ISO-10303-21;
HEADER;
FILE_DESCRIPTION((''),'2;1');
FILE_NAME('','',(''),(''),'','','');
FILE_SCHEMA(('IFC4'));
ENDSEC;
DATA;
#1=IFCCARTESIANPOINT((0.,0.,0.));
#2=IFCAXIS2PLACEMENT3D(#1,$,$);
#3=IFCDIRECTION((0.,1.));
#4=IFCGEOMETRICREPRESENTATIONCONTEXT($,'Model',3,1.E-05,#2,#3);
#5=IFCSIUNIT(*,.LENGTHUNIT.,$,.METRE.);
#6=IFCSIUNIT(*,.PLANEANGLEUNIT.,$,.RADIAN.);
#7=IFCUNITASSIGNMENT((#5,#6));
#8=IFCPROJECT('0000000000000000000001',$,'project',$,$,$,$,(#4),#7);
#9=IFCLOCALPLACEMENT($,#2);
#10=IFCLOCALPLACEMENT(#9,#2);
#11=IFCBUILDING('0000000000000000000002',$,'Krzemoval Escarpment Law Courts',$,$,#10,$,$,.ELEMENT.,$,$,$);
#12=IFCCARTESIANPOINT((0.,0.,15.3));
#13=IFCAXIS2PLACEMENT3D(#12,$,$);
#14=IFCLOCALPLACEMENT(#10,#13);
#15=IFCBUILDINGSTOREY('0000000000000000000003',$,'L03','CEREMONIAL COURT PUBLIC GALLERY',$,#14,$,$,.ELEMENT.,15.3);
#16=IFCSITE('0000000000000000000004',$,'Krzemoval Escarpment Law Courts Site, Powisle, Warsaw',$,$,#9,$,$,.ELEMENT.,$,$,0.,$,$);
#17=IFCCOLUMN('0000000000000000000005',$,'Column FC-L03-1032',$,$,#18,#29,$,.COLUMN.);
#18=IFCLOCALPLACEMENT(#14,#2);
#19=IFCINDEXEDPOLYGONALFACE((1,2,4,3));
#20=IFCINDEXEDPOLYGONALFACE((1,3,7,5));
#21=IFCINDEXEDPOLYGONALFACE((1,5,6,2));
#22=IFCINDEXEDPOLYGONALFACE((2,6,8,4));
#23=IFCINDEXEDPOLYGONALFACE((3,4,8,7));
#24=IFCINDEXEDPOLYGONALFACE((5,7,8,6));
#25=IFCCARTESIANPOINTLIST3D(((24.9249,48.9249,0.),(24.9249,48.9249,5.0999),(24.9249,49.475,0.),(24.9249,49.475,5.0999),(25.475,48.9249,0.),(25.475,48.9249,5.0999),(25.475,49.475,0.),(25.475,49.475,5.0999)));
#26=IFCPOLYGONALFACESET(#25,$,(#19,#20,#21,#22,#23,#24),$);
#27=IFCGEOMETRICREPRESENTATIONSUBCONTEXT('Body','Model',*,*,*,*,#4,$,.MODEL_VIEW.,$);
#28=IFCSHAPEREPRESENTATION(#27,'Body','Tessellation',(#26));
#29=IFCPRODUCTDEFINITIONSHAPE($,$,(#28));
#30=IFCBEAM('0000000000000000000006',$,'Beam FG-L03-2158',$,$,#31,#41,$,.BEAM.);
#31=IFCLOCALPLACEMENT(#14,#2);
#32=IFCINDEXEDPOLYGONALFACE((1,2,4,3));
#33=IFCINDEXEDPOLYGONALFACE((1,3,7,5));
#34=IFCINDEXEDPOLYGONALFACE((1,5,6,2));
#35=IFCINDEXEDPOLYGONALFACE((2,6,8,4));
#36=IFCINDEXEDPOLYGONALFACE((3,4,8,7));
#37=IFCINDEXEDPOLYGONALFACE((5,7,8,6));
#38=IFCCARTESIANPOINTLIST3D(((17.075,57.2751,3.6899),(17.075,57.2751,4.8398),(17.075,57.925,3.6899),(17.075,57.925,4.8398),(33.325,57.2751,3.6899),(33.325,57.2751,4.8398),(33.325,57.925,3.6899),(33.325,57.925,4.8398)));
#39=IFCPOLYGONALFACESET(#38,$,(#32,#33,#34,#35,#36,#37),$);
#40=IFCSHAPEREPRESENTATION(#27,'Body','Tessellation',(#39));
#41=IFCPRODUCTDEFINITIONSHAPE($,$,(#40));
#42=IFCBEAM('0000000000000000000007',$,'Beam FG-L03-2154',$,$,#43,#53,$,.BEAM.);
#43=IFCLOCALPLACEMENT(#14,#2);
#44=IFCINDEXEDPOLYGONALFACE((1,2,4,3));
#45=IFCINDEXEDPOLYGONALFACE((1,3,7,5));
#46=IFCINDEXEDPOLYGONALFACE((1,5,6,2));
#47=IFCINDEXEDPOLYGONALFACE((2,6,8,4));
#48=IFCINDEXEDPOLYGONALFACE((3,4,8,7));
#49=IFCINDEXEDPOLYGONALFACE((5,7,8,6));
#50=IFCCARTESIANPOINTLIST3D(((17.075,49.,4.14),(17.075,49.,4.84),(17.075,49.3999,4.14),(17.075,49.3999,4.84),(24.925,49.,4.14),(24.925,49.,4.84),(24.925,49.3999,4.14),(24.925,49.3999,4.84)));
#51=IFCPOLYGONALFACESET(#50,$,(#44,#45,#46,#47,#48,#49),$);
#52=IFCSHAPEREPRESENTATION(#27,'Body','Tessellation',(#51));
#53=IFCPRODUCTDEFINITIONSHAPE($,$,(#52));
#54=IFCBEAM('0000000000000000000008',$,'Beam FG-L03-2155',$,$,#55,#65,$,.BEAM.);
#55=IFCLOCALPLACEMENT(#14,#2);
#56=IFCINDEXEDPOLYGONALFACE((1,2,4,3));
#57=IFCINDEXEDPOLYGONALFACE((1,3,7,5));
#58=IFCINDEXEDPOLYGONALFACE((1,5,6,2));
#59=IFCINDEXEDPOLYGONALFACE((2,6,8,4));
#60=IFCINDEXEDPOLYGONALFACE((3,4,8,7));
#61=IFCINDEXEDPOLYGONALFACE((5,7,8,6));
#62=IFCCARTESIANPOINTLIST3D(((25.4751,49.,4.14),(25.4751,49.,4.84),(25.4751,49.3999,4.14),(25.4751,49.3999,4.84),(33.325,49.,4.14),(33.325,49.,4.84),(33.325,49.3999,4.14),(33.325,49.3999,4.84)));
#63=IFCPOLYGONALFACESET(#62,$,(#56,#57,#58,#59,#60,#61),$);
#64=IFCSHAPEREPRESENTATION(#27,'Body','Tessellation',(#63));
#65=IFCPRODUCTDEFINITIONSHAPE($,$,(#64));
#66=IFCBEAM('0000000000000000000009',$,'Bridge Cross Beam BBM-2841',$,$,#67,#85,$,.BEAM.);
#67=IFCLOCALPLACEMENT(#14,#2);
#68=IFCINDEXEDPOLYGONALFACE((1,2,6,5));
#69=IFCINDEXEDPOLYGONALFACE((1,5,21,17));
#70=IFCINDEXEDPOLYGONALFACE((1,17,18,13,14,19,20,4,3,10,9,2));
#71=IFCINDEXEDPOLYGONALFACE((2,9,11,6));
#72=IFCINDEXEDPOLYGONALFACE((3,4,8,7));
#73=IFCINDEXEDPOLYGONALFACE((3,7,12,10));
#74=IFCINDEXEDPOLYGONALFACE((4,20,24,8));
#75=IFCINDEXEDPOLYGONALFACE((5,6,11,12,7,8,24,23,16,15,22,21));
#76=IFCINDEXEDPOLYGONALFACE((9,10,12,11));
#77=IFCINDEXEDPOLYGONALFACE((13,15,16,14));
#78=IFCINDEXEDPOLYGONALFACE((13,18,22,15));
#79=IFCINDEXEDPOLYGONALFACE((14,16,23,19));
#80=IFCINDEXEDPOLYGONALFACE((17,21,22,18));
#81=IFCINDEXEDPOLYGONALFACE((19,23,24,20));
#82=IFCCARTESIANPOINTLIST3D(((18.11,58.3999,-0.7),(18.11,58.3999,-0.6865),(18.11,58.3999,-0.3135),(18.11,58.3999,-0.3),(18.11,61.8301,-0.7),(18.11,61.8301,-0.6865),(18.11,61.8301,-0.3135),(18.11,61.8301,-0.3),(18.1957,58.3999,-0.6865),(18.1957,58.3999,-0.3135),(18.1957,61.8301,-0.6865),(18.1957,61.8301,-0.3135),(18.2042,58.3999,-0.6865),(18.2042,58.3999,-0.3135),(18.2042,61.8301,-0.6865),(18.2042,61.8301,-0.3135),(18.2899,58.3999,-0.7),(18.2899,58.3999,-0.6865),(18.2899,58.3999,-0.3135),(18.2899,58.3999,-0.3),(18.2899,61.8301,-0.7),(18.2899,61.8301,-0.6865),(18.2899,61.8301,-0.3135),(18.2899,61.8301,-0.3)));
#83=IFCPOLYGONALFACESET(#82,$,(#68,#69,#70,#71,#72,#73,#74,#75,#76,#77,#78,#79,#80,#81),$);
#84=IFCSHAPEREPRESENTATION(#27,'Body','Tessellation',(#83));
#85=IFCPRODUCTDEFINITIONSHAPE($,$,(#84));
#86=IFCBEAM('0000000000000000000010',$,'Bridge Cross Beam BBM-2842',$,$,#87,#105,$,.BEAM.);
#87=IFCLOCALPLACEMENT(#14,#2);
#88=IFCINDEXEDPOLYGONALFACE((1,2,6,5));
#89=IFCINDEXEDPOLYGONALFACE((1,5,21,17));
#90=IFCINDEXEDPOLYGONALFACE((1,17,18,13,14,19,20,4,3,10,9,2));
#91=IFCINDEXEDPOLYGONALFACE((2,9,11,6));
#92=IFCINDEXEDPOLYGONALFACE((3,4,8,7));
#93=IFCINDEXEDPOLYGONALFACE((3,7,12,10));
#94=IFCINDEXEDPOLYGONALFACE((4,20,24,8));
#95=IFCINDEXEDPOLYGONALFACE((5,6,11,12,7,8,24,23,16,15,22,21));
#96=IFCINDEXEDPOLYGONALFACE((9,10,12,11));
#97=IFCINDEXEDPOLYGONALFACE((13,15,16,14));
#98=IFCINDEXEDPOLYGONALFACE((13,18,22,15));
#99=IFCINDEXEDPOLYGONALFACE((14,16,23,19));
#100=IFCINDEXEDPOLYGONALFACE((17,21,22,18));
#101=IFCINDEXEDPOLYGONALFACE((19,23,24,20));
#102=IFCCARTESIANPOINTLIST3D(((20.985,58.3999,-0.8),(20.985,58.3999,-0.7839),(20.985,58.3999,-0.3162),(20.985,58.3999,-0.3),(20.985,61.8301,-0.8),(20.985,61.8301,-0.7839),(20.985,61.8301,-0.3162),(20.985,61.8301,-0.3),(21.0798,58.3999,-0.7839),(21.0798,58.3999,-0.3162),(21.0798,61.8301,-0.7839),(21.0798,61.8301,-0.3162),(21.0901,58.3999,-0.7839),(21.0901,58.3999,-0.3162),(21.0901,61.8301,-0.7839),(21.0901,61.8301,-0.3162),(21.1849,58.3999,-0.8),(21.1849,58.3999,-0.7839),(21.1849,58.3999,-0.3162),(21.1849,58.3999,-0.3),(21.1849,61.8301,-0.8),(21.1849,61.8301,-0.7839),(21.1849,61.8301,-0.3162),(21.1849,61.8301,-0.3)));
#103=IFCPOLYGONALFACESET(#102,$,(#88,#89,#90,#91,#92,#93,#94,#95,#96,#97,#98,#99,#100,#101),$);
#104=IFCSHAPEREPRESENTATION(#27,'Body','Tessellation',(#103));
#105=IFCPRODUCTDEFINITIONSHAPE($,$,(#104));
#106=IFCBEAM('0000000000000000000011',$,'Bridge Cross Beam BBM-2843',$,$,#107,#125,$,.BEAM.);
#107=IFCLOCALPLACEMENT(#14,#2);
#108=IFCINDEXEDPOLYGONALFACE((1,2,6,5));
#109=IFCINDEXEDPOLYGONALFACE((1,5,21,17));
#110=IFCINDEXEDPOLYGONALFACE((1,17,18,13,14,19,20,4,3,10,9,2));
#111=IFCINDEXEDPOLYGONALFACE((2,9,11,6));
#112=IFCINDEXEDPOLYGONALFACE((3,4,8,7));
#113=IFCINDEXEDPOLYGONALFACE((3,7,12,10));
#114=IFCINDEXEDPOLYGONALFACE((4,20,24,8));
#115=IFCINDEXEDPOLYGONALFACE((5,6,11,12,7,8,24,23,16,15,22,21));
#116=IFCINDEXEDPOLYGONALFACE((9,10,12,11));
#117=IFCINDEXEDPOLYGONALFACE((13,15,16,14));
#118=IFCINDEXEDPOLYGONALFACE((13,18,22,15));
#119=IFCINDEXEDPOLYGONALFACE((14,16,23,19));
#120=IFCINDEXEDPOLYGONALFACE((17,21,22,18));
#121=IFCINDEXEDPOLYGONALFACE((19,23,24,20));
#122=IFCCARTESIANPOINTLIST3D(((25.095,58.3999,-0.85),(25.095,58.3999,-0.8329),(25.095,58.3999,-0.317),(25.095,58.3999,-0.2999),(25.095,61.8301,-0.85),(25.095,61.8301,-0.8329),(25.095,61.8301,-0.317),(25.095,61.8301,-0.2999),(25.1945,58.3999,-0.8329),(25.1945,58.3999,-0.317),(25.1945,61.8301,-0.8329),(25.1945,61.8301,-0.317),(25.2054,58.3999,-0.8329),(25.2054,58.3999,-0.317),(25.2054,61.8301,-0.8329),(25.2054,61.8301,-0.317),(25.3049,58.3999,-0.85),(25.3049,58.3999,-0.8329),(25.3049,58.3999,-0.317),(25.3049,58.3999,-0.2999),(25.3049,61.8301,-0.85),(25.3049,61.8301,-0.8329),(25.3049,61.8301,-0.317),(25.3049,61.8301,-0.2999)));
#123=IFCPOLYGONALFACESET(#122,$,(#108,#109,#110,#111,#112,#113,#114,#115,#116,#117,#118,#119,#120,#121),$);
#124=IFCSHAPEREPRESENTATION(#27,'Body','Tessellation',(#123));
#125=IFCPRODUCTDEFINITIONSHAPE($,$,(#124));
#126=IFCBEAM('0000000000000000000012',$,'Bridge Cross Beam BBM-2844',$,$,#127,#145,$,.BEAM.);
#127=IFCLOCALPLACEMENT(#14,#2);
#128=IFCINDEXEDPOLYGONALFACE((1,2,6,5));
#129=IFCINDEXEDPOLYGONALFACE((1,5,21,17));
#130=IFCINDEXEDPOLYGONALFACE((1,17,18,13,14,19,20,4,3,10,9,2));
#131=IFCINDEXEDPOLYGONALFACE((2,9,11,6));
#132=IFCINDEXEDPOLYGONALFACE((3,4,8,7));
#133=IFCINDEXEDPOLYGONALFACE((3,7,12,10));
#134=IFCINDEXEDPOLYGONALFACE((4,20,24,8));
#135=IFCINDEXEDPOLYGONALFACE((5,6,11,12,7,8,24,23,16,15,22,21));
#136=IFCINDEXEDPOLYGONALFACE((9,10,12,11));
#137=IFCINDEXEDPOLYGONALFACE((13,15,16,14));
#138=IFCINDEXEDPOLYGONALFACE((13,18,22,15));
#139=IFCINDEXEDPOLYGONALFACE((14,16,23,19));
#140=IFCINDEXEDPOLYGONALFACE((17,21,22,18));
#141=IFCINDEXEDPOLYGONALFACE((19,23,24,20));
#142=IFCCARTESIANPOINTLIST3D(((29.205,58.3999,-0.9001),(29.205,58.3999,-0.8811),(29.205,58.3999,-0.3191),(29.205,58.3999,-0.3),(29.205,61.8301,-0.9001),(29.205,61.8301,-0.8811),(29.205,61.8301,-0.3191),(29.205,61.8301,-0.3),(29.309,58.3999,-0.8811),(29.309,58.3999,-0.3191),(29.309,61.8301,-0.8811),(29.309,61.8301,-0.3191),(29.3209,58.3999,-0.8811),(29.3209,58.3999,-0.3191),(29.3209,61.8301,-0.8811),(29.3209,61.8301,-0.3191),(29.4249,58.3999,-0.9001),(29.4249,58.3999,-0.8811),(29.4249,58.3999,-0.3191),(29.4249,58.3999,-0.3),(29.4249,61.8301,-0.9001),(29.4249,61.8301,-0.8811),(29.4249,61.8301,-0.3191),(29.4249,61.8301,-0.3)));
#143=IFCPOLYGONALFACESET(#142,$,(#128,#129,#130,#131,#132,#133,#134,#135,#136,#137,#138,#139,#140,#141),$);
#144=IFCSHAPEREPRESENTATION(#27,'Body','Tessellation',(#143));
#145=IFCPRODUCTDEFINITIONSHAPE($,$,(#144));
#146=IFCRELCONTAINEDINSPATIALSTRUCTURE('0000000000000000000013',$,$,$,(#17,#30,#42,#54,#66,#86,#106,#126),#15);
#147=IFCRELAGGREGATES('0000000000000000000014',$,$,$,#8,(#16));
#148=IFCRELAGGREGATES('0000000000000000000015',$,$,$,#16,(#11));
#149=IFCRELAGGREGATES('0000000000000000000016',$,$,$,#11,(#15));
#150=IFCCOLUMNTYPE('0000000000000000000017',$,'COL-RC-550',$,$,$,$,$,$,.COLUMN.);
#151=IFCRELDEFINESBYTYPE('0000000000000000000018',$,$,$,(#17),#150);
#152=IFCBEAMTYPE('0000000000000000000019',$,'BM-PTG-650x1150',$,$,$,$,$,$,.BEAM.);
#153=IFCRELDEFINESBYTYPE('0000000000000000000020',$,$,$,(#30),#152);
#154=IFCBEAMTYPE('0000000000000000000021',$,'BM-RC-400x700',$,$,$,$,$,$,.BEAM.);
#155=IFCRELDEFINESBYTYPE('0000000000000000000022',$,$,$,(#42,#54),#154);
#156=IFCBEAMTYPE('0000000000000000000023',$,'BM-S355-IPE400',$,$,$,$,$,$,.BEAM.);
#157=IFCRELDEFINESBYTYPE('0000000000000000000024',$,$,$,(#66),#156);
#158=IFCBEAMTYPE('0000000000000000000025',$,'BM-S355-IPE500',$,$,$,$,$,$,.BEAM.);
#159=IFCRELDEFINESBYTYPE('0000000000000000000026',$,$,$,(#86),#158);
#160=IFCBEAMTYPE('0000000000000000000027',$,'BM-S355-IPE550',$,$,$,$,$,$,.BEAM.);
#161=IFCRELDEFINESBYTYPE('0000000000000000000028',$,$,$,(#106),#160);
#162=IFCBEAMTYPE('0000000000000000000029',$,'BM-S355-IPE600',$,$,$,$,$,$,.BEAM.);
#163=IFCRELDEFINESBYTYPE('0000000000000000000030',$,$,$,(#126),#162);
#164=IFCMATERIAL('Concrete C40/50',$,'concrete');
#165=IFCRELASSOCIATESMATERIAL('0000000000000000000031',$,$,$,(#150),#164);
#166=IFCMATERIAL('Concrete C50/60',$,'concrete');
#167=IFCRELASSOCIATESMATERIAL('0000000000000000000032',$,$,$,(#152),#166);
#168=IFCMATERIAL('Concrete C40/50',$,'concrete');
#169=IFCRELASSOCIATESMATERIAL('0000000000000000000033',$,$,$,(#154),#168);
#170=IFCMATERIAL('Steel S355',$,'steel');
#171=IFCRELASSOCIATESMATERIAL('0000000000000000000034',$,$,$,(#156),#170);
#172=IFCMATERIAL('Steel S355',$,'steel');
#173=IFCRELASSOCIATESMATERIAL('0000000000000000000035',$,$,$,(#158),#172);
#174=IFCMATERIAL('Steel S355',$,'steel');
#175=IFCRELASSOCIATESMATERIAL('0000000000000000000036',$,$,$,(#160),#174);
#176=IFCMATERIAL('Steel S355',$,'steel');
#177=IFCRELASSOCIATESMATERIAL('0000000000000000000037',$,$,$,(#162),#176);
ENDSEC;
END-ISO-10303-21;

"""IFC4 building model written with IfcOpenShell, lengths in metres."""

from ifc_helpers import new_model, si_unit, direction, frame, origin, origin_2d, place, context, subcontext, project, spatial, rectangle, i_section, extrude, material, material_profile, profile_set, type_object, element, save


model = new_model("IFC4")

# Units and contexts
model_context = context("Model", 3, precision=1e-05, world=origin(), true_north=direction((0.0, 1.0)))
body_context = subcontext(model_context, "Body", "Model", "MODEL_VIEW")
ifc_project = project(units=[si_unit("LENGTHUNIT", "METRE"), si_unit("PLANEANGLEUNIT", "RADIAN")], contexts=[model_context])

# Site, building, storey
site_placement = place(None, origin())
site = spatial("IfcSite", under=ifc_project, at=site_placement, Name="Krzemoval Escarpment Law Courts Site, Powisle, Warsaw", CompositionType="ELEMENT", RefElevation=0.0)
building_placement = place(site_placement, origin())
building = spatial("IfcBuilding", under=site, at=building_placement, Name="Krzemoval Escarpment Law Courts", CompositionType="ELEMENT")
storey_placement = place(building_placement, frame((0.0, 0.0, 15.3)))
storey = spatial("IfcBuildingStorey", under=building, at=storey_placement, Name="L03", Description="CEREMONIAL COURT PUBLIC GALLERY", CompositionType="ELEMENT", Elevation=15.3)

# Column
ifc_material_1 = material(Name="Concrete C40/50", Category="concrete")
ifc_material_profile_1 = material_profile(ifc_material_1, rectangle(XDim=0.55, YDim=0.55, at=origin_2d()), Name="RC 550x550")
ifc_profile_set_1 = profile_set([ifc_material_profile_1], Name="Concrete C40/50")
column_type = type_object("IfcColumnType", Name="COL-RC-550", PredefinedType="COLUMN", material=ifc_profile_set_1)
column_placement = place(storey_placement, frame((25.2, 49.2, 0.0), z_axis=(0.0, 0.0, 1.0), x_axis=(1.0, 0.0, 0.0)))
element("IfcColumn", 1, at=column_placement, inside=storey, type_object=column_type, Name="Column FC-L03-1032", PredefinedType="COLUMN", context=body_context, shape_type="SweptSolid", body=[
    extrude(rectangle(XDim=0.55, YDim=0.55, at=origin_2d()), origin(), (0.0, 0.0, 1.0), 5.0999),
])

# Beams
ifc_material_2 = material(Name="Concrete C50/60", Category="concrete")
ifc_material_profile_2 = material_profile(ifc_material_2, rectangle(XDim=0.6499, YDim=1.1499, at=origin_2d()), Name="PTG 650x1150")
ifc_profile_set_2 = profile_set([ifc_material_profile_2], Name="Concrete C50/60")
beam_type_1 = type_object("IfcBeamType", Name="BM-PTG-650x1150", PredefinedType="BEAM", material=ifc_profile_set_2)
beam_1_placement = place(storey_placement, frame((17.075, 57.6001, 4.2649), z_axis=(1.0, 0.0, 0.0), x_axis=(0.0, 1.0, 0.0)))
element("IfcBeam", 2, at=beam_1_placement, inside=storey, type_object=beam_type_1, Name="Beam FG-L03-2158", PredefinedType="BEAM", context=body_context, shape_type="SweptSolid", body=[
    extrude(rectangle(XDim=0.6499, YDim=1.1499, at=origin_2d()), origin(), (0.0, 0.0, 1.0), 16.25),
])
ifc_material_3 = material(Name="Concrete C40/50", Category="concrete")
ifc_material_profile_3 = material_profile(ifc_material_3, rectangle(XDim=0.3999, YDim=0.7, at=origin_2d()), Name="RCB 400x700")
ifc_profile_set_3 = profile_set([ifc_material_profile_3], Name="Concrete C40/50")
beam_type_2 = type_object("IfcBeamType", Name="BM-RC-400x700", PredefinedType="BEAM", material=ifc_profile_set_3)
beam_2_placement = place(storey_placement, frame((17.075, 49.2, 4.49), z_axis=(1.0, 0.0, 0.0), x_axis=(0.0, 1.0, 0.0)))
element("IfcBeam", 3, at=beam_2_placement, inside=storey, type_object=beam_type_2, Name="Beam FG-L03-2154", PredefinedType="BEAM", context=body_context, shape_type="SweptSolid", body=[
    extrude(rectangle(XDim=0.3999, YDim=0.7, at=origin_2d()), origin(), (0.0, 0.0, 1.0), 7.8501),
])
beam_3_placement = place(storey_placement, frame((25.4751, 49.2, 4.49), z_axis=(1.0, 0.0, 0.0), x_axis=(0.0, 1.0, 0.0)))
element("IfcBeam", 4, at=beam_3_placement, inside=storey, type_object=beam_type_2, Name="Beam FG-L03-2155", PredefinedType="BEAM", context=body_context, shape_type="SweptSolid", body=[
    extrude(rectangle(XDim=0.3999, YDim=0.7, at=origin_2d()), origin(), (0.0, 0.0, 1.0), 7.8499),
])
ifc_material_4 = material(Name="Steel S355", Category="steel")
ifc_material_profile_4 = material_profile(ifc_material_4, i_section(OverallWidth=0.1799, OverallDepth=0.3999, WebThickness=0.0085, FlangeThickness=0.0134, at=origin_2d()), Name="IPE 400")
ifc_profile_set_4 = profile_set([ifc_material_profile_4], Name="Steel S355")
beam_type_3 = type_object("IfcBeamType", Name="BM-S355-IPE400", PredefinedType="BEAM", material=ifc_profile_set_4)
beam_4_placement = place(storey_placement, frame((18.2, 58.3999, -0.5), z_axis=(0.0, 1.0, 0.0), x_axis=(-1.0, 0.0, 0.0)))
element("IfcBeam", 5, at=beam_4_placement, inside=storey, type_object=beam_type_3, Name="Bridge Cross Beam BBM-2841", PredefinedType="BEAM", context=body_context, shape_type="SweptSolid", body=[
    extrude(i_section(OverallWidth=0.1799, OverallDepth=0.3999, WebThickness=0.0085, FlangeThickness=0.0134, at=origin_2d()), origin(), (0.0, 0.0, 1.0), 3.4302),
])
ifc_material_5 = material(Name="Steel S355", Category="steel")
ifc_material_profile_5 = material_profile(ifc_material_5, i_section(OverallWidth=0.2, OverallDepth=0.5, WebThickness=0.0103, FlangeThickness=0.0161, at=origin_2d()), Name="IPE 500")
ifc_profile_set_5 = profile_set([ifc_material_profile_5], Name="Steel S355")
beam_type_4 = type_object("IfcBeamType", Name="BM-S355-IPE500", PredefinedType="BEAM", material=ifc_profile_set_5)
beam_5_placement = place(storey_placement, frame((21.085, 58.3999, -0.55), z_axis=(0.0, 1.0, 0.0), x_axis=(-1.0, 0.0, 0.0)))
element("IfcBeam", 6, at=beam_5_placement, inside=storey, type_object=beam_type_4, Name="Bridge Cross Beam BBM-2842", PredefinedType="BEAM", context=body_context, shape_type="SweptSolid", body=[
    extrude(i_section(OverallWidth=0.2, OverallDepth=0.5, WebThickness=0.0103, FlangeThickness=0.0161, at=origin_2d()), origin(), (0.0, 0.0, 1.0), 3.4302),
])
ifc_material_6 = material(Name="Steel S355", Category="steel")
ifc_material_profile_6 = material_profile(ifc_material_6, i_section(OverallWidth=0.21, OverallDepth=0.55, WebThickness=0.011, FlangeThickness=0.0171, at=origin_2d()), Name="IPE 550")
ifc_profile_set_6 = profile_set([ifc_material_profile_6], Name="Steel S355")
beam_type_5 = type_object("IfcBeamType", Name="BM-S355-IPE550", PredefinedType="BEAM", material=ifc_profile_set_6)
beam_6_placement = place(storey_placement, frame((25.2, 58.3999, -0.575), z_axis=(0.0, 1.0, 0.0), x_axis=(-1.0, 0.0, 0.0)))
element("IfcBeam", 7, at=beam_6_placement, inside=storey, type_object=beam_type_5, Name="Bridge Cross Beam BBM-2843", PredefinedType="BEAM", context=body_context, shape_type="SweptSolid", body=[
    extrude(i_section(OverallWidth=0.21, OverallDepth=0.55, WebThickness=0.011, FlangeThickness=0.0171, at=origin_2d()), origin(), (0.0, 0.0, 1.0), 3.4302),
])
ifc_material_7 = material(Name="Steel S355", Category="steel")
ifc_material_profile_7 = material_profile(ifc_material_7, i_section(OverallWidth=0.22, OverallDepth=0.6001, WebThickness=0.012, FlangeThickness=0.019, at=origin_2d()), Name="IPE 600")
ifc_profile_set_7 = profile_set([ifc_material_profile_7], Name="Steel S355")
beam_type_6 = type_object("IfcBeamType", Name="BM-S355-IPE600", PredefinedType="BEAM", material=ifc_profile_set_7)
beam_7_placement = place(storey_placement, frame((29.3149, 58.3999, -0.6001), z_axis=(0.0, 1.0, 0.0), x_axis=(-1.0, 0.0, 0.0)))
element("IfcBeam", 8, at=beam_7_placement, inside=storey, type_object=beam_type_6, Name="Bridge Cross Beam BBM-2844", PredefinedType="BEAM", context=body_context, shape_type="SweptSolid", body=[
    extrude(i_section(OverallWidth=0.22, OverallDepth=0.6001, WebThickness=0.012, FlangeThickness=0.019, at=origin_2d()), origin(), (0.0, 0.0, 1.0), 3.4302),
])

save(model, "model.ifc")
